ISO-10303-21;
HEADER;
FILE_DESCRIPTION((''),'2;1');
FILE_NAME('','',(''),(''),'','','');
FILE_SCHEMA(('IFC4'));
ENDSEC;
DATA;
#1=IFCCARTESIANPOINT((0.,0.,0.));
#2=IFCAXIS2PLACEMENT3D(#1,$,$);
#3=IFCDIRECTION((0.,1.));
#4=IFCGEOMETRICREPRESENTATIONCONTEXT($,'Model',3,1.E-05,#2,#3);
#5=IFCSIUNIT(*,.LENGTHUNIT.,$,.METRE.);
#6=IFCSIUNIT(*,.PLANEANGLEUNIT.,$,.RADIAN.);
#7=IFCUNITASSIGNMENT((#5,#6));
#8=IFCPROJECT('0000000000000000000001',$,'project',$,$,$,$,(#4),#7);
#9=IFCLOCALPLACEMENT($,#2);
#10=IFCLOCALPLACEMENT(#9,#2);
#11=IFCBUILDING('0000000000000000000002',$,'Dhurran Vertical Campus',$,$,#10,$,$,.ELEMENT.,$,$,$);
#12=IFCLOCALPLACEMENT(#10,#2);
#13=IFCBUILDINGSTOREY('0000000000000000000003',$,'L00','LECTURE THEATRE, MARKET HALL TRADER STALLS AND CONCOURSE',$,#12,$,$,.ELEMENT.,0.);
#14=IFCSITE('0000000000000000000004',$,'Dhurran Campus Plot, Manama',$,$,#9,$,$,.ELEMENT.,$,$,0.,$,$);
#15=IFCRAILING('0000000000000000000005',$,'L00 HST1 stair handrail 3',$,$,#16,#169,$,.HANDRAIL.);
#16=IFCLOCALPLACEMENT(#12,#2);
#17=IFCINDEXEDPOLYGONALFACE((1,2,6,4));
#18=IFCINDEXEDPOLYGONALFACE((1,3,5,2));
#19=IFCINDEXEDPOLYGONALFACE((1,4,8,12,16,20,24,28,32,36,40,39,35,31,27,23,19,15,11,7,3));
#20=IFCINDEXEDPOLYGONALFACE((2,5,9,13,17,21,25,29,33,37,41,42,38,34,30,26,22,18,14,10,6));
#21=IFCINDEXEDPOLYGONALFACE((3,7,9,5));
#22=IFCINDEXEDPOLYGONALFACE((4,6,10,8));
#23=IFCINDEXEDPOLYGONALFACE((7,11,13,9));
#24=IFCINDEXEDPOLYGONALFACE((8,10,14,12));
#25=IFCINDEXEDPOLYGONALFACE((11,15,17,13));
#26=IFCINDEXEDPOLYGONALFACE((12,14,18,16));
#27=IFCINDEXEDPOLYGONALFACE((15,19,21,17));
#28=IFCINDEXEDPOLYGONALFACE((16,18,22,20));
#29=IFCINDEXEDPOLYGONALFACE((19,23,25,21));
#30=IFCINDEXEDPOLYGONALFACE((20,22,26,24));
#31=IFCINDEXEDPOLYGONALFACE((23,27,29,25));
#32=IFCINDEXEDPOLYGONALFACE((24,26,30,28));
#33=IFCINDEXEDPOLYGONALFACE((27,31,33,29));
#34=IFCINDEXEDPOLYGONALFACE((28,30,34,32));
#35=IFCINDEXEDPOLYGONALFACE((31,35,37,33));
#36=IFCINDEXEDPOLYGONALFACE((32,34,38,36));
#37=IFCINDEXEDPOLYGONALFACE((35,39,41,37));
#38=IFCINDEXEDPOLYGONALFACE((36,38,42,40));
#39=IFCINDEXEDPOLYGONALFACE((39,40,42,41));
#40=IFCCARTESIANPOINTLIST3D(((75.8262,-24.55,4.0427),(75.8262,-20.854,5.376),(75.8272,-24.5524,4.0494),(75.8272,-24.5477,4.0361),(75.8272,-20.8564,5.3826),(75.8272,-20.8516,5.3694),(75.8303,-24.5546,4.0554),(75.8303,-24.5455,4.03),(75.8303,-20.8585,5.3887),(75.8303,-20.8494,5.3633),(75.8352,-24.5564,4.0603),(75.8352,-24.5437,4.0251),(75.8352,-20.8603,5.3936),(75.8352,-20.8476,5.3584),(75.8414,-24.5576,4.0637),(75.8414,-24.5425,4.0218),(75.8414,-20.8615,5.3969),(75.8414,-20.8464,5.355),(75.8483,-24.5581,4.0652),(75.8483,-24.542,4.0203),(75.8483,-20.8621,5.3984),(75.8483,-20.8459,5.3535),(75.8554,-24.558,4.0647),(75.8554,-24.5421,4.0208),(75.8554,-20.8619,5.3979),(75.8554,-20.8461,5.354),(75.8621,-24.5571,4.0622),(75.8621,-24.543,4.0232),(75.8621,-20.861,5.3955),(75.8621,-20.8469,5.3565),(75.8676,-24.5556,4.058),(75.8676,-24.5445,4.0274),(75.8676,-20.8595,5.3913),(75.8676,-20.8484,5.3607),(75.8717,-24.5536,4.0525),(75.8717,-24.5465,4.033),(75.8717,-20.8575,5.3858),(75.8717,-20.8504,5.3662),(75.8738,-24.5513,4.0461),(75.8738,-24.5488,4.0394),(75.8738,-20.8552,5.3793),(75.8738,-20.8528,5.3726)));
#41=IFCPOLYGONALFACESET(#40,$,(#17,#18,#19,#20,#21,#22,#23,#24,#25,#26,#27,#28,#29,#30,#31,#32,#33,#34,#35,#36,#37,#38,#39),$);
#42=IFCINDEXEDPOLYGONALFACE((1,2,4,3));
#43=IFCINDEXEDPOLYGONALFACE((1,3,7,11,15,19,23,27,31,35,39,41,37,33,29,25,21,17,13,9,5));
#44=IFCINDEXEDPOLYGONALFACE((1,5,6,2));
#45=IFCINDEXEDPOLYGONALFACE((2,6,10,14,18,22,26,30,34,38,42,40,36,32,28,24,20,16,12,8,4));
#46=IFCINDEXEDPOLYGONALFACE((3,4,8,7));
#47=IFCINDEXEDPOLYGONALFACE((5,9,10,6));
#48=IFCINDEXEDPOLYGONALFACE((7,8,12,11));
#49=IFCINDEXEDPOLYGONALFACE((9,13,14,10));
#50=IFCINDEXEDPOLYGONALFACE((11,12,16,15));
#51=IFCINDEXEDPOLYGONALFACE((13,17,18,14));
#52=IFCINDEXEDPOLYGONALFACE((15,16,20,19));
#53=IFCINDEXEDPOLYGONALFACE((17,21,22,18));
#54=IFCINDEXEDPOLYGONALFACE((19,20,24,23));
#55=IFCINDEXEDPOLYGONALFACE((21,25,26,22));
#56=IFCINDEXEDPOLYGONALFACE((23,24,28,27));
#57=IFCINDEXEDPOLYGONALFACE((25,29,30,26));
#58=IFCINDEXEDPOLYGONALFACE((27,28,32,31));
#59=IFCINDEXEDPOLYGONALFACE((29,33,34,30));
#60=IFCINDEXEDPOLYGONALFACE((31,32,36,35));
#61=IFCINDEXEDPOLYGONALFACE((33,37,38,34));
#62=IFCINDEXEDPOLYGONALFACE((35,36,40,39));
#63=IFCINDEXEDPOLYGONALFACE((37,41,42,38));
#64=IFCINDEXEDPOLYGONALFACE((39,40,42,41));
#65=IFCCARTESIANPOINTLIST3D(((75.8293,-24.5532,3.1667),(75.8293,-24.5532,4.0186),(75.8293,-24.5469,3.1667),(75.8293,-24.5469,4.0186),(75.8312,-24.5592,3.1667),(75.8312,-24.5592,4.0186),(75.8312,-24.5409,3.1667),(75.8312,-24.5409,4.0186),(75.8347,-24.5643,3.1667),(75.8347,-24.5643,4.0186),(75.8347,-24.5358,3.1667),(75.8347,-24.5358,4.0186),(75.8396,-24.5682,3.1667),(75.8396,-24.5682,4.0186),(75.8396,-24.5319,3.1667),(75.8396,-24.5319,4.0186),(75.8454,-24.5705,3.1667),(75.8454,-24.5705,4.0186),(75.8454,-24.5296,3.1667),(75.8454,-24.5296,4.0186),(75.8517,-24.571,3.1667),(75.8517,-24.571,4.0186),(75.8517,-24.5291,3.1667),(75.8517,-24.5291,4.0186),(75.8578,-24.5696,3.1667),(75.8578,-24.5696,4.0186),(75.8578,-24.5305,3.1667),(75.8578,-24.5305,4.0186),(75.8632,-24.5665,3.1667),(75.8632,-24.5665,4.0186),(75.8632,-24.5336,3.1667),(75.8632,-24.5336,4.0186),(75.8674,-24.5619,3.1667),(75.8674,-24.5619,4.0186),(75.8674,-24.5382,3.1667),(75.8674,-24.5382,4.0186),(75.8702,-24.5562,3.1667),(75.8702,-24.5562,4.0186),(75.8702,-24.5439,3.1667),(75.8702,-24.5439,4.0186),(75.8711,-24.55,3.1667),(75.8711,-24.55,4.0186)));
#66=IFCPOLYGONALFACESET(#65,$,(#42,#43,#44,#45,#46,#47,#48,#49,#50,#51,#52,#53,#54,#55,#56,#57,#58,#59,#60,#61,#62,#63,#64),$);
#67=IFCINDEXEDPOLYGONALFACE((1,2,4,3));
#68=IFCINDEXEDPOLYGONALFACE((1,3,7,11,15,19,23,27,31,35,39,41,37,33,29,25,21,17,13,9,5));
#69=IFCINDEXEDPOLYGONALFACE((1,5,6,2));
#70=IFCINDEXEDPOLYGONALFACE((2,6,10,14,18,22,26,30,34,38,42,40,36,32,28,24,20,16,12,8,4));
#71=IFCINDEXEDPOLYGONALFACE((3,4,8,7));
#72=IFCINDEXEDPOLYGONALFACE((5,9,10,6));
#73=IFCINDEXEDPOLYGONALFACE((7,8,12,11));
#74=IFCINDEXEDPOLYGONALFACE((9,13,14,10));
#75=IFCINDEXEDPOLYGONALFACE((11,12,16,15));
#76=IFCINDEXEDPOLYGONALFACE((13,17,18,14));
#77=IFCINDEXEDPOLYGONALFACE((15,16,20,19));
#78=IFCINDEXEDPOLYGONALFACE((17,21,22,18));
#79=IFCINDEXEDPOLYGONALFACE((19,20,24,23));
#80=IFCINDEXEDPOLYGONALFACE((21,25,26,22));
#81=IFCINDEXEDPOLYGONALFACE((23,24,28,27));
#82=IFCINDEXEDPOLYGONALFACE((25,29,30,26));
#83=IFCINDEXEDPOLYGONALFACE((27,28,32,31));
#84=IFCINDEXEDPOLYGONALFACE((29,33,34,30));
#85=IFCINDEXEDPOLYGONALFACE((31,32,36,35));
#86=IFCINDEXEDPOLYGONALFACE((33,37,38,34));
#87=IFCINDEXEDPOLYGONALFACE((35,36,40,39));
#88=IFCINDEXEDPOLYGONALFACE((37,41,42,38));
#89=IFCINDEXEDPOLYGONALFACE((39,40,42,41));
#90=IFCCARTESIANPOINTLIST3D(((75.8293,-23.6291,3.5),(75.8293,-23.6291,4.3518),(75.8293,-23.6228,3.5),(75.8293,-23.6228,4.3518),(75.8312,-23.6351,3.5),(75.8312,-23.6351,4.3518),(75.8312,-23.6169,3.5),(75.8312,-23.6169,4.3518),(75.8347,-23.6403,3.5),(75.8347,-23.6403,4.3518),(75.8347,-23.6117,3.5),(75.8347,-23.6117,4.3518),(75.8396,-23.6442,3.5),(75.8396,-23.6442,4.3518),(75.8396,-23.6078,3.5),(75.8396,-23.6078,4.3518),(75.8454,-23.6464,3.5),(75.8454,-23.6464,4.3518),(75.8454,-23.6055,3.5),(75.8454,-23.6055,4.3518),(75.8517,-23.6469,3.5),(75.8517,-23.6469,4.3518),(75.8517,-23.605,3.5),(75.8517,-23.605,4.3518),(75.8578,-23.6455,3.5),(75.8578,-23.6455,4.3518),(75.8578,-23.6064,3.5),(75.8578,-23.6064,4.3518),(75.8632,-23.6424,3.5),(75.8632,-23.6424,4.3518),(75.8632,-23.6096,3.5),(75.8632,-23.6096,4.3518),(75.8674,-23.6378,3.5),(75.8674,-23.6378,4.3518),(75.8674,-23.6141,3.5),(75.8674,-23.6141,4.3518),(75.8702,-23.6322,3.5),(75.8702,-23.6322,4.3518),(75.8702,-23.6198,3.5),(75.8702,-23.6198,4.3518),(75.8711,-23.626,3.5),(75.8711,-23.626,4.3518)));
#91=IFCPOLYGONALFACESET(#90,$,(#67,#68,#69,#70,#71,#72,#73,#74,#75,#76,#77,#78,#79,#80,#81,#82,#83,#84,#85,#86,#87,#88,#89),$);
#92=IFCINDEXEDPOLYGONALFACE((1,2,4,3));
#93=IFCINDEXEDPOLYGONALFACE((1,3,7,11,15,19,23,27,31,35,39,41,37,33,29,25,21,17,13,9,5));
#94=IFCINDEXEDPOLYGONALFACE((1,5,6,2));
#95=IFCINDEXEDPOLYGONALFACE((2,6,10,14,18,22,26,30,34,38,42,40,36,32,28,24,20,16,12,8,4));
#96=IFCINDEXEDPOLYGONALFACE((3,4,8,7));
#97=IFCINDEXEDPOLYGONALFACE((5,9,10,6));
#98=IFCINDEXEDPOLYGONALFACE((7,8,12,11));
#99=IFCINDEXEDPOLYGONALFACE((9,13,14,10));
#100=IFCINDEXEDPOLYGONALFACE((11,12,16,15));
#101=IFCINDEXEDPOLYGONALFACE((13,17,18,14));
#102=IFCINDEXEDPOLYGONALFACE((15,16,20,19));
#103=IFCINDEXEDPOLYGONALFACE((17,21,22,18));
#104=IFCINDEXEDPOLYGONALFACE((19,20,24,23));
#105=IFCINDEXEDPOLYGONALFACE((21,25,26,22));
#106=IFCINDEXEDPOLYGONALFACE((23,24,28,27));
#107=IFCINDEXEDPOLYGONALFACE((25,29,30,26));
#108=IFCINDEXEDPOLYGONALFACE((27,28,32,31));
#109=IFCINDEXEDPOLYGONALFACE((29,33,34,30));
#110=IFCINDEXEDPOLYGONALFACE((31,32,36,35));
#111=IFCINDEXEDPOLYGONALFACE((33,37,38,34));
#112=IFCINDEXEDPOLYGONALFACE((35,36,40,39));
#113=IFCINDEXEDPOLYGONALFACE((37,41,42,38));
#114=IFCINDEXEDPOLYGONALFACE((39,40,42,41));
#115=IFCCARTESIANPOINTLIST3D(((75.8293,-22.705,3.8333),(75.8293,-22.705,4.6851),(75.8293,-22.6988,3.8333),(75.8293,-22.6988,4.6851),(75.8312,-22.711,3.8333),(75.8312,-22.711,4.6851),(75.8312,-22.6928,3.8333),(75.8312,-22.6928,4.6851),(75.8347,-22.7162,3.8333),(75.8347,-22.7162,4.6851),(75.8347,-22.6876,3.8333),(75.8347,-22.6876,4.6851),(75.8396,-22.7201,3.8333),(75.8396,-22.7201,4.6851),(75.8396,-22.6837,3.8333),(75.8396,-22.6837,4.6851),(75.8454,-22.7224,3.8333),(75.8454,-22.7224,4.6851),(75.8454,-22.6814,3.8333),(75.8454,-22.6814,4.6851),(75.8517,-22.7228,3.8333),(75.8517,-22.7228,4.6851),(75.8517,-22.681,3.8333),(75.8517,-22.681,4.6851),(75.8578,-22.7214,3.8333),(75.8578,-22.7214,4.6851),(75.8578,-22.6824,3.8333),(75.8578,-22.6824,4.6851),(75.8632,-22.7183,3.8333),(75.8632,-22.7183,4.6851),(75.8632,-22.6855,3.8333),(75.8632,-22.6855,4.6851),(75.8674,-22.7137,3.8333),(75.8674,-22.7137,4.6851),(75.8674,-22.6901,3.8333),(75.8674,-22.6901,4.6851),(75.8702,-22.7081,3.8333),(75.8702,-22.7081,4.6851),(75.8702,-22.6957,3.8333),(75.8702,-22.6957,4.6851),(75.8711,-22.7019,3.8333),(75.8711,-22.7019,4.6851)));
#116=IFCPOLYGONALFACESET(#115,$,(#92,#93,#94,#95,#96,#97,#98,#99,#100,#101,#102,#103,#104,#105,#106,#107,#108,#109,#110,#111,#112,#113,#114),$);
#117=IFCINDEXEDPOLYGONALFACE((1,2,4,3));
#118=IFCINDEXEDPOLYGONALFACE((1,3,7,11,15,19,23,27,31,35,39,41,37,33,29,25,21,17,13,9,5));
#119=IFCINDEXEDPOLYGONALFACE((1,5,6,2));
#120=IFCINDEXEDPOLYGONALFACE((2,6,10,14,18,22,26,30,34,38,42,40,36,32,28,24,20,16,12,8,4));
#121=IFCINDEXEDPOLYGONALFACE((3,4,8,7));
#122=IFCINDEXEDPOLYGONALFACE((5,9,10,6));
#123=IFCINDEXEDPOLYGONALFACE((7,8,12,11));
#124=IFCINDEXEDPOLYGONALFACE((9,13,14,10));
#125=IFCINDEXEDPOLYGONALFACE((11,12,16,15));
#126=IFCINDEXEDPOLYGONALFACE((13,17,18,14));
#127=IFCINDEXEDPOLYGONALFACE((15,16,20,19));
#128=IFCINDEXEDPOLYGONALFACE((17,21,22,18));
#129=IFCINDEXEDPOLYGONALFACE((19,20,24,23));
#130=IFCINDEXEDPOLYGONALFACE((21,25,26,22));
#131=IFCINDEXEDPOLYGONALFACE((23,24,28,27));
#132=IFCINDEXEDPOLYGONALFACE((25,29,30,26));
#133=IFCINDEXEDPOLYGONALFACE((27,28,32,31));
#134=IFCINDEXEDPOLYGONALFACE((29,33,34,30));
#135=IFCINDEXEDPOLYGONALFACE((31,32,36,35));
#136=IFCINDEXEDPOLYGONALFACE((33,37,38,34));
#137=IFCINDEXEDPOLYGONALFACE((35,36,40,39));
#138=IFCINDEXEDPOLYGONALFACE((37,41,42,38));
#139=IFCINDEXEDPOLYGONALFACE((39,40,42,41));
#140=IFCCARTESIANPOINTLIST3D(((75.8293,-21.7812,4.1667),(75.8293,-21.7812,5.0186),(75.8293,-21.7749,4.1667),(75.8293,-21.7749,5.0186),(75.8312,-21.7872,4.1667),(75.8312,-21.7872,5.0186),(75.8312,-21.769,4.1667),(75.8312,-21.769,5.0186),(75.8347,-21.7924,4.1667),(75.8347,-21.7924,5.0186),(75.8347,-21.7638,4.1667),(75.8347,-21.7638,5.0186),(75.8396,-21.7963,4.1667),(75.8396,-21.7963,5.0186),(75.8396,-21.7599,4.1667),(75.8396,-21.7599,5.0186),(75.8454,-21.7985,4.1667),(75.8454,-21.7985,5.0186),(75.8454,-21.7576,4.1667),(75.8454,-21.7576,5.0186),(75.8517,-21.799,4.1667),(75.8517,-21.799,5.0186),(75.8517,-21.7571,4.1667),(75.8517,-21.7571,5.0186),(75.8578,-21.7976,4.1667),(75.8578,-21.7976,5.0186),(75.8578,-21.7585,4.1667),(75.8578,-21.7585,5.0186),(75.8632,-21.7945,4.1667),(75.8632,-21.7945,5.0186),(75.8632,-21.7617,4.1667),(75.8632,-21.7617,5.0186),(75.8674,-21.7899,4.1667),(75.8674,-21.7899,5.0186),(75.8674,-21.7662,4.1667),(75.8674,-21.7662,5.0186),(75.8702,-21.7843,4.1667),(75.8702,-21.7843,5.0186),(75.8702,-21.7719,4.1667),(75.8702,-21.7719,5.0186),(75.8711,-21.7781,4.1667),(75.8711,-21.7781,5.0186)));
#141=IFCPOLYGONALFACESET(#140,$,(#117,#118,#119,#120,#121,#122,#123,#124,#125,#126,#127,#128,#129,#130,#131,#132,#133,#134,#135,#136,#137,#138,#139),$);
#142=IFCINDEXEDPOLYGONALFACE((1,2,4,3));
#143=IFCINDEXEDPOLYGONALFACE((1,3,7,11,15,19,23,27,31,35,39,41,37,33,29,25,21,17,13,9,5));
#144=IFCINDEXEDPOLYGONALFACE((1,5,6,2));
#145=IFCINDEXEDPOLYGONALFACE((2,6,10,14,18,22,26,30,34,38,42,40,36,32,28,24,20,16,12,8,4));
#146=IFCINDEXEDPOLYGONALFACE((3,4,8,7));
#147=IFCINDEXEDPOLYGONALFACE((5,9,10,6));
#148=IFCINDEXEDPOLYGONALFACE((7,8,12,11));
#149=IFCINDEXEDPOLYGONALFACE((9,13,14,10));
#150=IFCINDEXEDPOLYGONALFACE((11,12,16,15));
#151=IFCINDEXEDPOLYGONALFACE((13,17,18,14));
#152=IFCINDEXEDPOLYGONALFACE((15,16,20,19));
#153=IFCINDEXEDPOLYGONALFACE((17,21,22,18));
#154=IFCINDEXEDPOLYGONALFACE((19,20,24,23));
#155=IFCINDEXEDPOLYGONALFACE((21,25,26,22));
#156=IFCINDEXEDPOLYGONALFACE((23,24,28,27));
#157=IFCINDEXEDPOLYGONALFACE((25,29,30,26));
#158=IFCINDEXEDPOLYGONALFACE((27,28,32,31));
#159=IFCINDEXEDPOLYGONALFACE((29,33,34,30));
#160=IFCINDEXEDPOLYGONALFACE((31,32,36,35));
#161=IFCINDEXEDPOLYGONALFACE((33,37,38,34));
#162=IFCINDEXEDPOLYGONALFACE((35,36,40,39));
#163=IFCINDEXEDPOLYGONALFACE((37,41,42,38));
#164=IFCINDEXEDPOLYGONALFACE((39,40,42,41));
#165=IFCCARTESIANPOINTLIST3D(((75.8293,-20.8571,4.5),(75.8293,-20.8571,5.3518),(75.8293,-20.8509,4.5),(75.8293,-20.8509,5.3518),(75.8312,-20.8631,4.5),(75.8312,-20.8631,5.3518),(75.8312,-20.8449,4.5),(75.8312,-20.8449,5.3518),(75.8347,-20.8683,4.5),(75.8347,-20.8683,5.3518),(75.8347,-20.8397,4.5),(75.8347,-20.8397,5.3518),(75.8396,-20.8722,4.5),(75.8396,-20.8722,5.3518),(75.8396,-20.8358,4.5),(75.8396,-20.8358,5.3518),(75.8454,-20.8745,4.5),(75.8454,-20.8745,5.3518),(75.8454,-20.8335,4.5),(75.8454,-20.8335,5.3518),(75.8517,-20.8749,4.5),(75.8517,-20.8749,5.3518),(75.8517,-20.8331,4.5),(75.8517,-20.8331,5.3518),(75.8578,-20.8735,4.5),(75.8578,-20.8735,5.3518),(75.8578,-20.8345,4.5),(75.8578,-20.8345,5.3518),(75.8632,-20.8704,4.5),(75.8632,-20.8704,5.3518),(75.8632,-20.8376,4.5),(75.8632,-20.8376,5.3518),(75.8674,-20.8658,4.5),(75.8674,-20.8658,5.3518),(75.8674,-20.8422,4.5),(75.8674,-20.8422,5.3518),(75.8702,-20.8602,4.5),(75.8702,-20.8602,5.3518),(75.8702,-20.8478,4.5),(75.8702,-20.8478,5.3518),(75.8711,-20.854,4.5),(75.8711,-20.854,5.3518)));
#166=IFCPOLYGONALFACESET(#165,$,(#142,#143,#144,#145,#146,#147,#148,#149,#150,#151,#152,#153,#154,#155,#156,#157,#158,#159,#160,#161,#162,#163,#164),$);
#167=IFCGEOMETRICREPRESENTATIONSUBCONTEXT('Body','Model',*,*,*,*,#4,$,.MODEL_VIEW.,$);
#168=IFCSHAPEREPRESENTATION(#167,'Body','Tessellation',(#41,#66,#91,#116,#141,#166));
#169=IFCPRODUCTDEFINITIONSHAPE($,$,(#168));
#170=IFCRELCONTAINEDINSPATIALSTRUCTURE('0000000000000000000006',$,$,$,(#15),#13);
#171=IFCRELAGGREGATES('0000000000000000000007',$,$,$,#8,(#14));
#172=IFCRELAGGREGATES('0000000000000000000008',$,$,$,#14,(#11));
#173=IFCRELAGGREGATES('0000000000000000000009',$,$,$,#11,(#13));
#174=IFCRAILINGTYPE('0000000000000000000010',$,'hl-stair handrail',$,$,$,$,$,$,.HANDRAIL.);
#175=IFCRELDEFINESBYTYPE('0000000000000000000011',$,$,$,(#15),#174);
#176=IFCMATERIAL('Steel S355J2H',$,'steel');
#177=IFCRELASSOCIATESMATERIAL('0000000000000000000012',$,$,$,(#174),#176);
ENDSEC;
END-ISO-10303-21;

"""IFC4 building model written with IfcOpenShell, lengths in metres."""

from ifc_helpers import new_model, si_unit, direction, frame, origin, origin_2d, place, context, subcontext, project, spatial, circle, extrude, material, type_object, element, save


model = new_model("IFC4")

# Units and contexts
model_context = context("Model", 3, precision=1e-05, world=origin(), true_north=direction((0.0, 1.0)))
body_context = subcontext(model_context, "Body", "Model", "MODEL_VIEW")
ifc_project = project(units=[si_unit("LENGTHUNIT", "METRE"), si_unit("PLANEANGLEUNIT", "RADIAN")], contexts=[model_context])

# Site, building, storey
site_placement = place(None, origin())
site = spatial("IfcSite", under=ifc_project, at=site_placement, Name="Dhurran Campus Plot, Manama", CompositionType="ELEMENT", RefElevation=0.0)
building_placement = place(site_placement, origin())
building = spatial("IfcBuilding", under=site, at=building_placement, Name="Dhurran Vertical Campus", CompositionType="ELEMENT")
storey_placement = place(building_placement, origin())
storey = spatial("IfcBuildingStorey", under=building, at=storey_placement, Name="L00", Description="LECTURE THEATRE, MARKET HALL TRADER STALLS AND CONCOURSE", CompositionType="ELEMENT", Elevation=0.0)

# Railing
ifc_material_1 = material(Name="Steel S355J2H", Category="steel")
railing_type_1 = type_object("IfcRailingType", Name="hl-stair handrail", PredefinedType="HANDRAIL", material=ifc_material_1)
for number, where, name in (
    (1, (75.8501, -24.55, 3.1667), "L00 HST1 stair handrail 3"),
):
    element("IfcRailing", number, at=place(storey_placement, frame(where)), inside=storey, type_object=railing_type_1, Name=name, PredefinedType="HANDRAIL", context=body_context, shape_type="SweptSolid", body=[
        extrude(circle(Radius=0.0239, at=origin_2d()), frame((0.0, 0.0, 0.876), z_axis=(0.0, 0.94067, 0.339322), x_axis=(-1.0, 0.0, 0.0)), (0.0, 0.0, 1.0), 3.9292),
        extrude(circle(Radius=0.021, at=origin_2d()), origin(), (0.0, 0.0, 1.0), 0.8518),
        extrude(circle(Radius=0.021, at=origin_2d()), frame((0.0, 0.9241, 0.3333)), (0.0, 0.0, 1.0), 0.8518),
        extrude(circle(Radius=0.021, at=origin_2d()), frame((0.0, 1.8481, 0.6665)), (0.0, 0.0, 1.0), 0.8518),
        extrude(circle(Radius=0.021, at=origin_2d()), frame((0.0, 2.772, 1.0)), (0.0, 0.0, 1.0), 0.8518),
        extrude(circle(Radius=0.021, at=origin_2d()), frame((0.0, 3.696, 1.3333)), (0.0, 0.0, 1.0), 0.8518),
    ])

save(model, "model.ifc")
